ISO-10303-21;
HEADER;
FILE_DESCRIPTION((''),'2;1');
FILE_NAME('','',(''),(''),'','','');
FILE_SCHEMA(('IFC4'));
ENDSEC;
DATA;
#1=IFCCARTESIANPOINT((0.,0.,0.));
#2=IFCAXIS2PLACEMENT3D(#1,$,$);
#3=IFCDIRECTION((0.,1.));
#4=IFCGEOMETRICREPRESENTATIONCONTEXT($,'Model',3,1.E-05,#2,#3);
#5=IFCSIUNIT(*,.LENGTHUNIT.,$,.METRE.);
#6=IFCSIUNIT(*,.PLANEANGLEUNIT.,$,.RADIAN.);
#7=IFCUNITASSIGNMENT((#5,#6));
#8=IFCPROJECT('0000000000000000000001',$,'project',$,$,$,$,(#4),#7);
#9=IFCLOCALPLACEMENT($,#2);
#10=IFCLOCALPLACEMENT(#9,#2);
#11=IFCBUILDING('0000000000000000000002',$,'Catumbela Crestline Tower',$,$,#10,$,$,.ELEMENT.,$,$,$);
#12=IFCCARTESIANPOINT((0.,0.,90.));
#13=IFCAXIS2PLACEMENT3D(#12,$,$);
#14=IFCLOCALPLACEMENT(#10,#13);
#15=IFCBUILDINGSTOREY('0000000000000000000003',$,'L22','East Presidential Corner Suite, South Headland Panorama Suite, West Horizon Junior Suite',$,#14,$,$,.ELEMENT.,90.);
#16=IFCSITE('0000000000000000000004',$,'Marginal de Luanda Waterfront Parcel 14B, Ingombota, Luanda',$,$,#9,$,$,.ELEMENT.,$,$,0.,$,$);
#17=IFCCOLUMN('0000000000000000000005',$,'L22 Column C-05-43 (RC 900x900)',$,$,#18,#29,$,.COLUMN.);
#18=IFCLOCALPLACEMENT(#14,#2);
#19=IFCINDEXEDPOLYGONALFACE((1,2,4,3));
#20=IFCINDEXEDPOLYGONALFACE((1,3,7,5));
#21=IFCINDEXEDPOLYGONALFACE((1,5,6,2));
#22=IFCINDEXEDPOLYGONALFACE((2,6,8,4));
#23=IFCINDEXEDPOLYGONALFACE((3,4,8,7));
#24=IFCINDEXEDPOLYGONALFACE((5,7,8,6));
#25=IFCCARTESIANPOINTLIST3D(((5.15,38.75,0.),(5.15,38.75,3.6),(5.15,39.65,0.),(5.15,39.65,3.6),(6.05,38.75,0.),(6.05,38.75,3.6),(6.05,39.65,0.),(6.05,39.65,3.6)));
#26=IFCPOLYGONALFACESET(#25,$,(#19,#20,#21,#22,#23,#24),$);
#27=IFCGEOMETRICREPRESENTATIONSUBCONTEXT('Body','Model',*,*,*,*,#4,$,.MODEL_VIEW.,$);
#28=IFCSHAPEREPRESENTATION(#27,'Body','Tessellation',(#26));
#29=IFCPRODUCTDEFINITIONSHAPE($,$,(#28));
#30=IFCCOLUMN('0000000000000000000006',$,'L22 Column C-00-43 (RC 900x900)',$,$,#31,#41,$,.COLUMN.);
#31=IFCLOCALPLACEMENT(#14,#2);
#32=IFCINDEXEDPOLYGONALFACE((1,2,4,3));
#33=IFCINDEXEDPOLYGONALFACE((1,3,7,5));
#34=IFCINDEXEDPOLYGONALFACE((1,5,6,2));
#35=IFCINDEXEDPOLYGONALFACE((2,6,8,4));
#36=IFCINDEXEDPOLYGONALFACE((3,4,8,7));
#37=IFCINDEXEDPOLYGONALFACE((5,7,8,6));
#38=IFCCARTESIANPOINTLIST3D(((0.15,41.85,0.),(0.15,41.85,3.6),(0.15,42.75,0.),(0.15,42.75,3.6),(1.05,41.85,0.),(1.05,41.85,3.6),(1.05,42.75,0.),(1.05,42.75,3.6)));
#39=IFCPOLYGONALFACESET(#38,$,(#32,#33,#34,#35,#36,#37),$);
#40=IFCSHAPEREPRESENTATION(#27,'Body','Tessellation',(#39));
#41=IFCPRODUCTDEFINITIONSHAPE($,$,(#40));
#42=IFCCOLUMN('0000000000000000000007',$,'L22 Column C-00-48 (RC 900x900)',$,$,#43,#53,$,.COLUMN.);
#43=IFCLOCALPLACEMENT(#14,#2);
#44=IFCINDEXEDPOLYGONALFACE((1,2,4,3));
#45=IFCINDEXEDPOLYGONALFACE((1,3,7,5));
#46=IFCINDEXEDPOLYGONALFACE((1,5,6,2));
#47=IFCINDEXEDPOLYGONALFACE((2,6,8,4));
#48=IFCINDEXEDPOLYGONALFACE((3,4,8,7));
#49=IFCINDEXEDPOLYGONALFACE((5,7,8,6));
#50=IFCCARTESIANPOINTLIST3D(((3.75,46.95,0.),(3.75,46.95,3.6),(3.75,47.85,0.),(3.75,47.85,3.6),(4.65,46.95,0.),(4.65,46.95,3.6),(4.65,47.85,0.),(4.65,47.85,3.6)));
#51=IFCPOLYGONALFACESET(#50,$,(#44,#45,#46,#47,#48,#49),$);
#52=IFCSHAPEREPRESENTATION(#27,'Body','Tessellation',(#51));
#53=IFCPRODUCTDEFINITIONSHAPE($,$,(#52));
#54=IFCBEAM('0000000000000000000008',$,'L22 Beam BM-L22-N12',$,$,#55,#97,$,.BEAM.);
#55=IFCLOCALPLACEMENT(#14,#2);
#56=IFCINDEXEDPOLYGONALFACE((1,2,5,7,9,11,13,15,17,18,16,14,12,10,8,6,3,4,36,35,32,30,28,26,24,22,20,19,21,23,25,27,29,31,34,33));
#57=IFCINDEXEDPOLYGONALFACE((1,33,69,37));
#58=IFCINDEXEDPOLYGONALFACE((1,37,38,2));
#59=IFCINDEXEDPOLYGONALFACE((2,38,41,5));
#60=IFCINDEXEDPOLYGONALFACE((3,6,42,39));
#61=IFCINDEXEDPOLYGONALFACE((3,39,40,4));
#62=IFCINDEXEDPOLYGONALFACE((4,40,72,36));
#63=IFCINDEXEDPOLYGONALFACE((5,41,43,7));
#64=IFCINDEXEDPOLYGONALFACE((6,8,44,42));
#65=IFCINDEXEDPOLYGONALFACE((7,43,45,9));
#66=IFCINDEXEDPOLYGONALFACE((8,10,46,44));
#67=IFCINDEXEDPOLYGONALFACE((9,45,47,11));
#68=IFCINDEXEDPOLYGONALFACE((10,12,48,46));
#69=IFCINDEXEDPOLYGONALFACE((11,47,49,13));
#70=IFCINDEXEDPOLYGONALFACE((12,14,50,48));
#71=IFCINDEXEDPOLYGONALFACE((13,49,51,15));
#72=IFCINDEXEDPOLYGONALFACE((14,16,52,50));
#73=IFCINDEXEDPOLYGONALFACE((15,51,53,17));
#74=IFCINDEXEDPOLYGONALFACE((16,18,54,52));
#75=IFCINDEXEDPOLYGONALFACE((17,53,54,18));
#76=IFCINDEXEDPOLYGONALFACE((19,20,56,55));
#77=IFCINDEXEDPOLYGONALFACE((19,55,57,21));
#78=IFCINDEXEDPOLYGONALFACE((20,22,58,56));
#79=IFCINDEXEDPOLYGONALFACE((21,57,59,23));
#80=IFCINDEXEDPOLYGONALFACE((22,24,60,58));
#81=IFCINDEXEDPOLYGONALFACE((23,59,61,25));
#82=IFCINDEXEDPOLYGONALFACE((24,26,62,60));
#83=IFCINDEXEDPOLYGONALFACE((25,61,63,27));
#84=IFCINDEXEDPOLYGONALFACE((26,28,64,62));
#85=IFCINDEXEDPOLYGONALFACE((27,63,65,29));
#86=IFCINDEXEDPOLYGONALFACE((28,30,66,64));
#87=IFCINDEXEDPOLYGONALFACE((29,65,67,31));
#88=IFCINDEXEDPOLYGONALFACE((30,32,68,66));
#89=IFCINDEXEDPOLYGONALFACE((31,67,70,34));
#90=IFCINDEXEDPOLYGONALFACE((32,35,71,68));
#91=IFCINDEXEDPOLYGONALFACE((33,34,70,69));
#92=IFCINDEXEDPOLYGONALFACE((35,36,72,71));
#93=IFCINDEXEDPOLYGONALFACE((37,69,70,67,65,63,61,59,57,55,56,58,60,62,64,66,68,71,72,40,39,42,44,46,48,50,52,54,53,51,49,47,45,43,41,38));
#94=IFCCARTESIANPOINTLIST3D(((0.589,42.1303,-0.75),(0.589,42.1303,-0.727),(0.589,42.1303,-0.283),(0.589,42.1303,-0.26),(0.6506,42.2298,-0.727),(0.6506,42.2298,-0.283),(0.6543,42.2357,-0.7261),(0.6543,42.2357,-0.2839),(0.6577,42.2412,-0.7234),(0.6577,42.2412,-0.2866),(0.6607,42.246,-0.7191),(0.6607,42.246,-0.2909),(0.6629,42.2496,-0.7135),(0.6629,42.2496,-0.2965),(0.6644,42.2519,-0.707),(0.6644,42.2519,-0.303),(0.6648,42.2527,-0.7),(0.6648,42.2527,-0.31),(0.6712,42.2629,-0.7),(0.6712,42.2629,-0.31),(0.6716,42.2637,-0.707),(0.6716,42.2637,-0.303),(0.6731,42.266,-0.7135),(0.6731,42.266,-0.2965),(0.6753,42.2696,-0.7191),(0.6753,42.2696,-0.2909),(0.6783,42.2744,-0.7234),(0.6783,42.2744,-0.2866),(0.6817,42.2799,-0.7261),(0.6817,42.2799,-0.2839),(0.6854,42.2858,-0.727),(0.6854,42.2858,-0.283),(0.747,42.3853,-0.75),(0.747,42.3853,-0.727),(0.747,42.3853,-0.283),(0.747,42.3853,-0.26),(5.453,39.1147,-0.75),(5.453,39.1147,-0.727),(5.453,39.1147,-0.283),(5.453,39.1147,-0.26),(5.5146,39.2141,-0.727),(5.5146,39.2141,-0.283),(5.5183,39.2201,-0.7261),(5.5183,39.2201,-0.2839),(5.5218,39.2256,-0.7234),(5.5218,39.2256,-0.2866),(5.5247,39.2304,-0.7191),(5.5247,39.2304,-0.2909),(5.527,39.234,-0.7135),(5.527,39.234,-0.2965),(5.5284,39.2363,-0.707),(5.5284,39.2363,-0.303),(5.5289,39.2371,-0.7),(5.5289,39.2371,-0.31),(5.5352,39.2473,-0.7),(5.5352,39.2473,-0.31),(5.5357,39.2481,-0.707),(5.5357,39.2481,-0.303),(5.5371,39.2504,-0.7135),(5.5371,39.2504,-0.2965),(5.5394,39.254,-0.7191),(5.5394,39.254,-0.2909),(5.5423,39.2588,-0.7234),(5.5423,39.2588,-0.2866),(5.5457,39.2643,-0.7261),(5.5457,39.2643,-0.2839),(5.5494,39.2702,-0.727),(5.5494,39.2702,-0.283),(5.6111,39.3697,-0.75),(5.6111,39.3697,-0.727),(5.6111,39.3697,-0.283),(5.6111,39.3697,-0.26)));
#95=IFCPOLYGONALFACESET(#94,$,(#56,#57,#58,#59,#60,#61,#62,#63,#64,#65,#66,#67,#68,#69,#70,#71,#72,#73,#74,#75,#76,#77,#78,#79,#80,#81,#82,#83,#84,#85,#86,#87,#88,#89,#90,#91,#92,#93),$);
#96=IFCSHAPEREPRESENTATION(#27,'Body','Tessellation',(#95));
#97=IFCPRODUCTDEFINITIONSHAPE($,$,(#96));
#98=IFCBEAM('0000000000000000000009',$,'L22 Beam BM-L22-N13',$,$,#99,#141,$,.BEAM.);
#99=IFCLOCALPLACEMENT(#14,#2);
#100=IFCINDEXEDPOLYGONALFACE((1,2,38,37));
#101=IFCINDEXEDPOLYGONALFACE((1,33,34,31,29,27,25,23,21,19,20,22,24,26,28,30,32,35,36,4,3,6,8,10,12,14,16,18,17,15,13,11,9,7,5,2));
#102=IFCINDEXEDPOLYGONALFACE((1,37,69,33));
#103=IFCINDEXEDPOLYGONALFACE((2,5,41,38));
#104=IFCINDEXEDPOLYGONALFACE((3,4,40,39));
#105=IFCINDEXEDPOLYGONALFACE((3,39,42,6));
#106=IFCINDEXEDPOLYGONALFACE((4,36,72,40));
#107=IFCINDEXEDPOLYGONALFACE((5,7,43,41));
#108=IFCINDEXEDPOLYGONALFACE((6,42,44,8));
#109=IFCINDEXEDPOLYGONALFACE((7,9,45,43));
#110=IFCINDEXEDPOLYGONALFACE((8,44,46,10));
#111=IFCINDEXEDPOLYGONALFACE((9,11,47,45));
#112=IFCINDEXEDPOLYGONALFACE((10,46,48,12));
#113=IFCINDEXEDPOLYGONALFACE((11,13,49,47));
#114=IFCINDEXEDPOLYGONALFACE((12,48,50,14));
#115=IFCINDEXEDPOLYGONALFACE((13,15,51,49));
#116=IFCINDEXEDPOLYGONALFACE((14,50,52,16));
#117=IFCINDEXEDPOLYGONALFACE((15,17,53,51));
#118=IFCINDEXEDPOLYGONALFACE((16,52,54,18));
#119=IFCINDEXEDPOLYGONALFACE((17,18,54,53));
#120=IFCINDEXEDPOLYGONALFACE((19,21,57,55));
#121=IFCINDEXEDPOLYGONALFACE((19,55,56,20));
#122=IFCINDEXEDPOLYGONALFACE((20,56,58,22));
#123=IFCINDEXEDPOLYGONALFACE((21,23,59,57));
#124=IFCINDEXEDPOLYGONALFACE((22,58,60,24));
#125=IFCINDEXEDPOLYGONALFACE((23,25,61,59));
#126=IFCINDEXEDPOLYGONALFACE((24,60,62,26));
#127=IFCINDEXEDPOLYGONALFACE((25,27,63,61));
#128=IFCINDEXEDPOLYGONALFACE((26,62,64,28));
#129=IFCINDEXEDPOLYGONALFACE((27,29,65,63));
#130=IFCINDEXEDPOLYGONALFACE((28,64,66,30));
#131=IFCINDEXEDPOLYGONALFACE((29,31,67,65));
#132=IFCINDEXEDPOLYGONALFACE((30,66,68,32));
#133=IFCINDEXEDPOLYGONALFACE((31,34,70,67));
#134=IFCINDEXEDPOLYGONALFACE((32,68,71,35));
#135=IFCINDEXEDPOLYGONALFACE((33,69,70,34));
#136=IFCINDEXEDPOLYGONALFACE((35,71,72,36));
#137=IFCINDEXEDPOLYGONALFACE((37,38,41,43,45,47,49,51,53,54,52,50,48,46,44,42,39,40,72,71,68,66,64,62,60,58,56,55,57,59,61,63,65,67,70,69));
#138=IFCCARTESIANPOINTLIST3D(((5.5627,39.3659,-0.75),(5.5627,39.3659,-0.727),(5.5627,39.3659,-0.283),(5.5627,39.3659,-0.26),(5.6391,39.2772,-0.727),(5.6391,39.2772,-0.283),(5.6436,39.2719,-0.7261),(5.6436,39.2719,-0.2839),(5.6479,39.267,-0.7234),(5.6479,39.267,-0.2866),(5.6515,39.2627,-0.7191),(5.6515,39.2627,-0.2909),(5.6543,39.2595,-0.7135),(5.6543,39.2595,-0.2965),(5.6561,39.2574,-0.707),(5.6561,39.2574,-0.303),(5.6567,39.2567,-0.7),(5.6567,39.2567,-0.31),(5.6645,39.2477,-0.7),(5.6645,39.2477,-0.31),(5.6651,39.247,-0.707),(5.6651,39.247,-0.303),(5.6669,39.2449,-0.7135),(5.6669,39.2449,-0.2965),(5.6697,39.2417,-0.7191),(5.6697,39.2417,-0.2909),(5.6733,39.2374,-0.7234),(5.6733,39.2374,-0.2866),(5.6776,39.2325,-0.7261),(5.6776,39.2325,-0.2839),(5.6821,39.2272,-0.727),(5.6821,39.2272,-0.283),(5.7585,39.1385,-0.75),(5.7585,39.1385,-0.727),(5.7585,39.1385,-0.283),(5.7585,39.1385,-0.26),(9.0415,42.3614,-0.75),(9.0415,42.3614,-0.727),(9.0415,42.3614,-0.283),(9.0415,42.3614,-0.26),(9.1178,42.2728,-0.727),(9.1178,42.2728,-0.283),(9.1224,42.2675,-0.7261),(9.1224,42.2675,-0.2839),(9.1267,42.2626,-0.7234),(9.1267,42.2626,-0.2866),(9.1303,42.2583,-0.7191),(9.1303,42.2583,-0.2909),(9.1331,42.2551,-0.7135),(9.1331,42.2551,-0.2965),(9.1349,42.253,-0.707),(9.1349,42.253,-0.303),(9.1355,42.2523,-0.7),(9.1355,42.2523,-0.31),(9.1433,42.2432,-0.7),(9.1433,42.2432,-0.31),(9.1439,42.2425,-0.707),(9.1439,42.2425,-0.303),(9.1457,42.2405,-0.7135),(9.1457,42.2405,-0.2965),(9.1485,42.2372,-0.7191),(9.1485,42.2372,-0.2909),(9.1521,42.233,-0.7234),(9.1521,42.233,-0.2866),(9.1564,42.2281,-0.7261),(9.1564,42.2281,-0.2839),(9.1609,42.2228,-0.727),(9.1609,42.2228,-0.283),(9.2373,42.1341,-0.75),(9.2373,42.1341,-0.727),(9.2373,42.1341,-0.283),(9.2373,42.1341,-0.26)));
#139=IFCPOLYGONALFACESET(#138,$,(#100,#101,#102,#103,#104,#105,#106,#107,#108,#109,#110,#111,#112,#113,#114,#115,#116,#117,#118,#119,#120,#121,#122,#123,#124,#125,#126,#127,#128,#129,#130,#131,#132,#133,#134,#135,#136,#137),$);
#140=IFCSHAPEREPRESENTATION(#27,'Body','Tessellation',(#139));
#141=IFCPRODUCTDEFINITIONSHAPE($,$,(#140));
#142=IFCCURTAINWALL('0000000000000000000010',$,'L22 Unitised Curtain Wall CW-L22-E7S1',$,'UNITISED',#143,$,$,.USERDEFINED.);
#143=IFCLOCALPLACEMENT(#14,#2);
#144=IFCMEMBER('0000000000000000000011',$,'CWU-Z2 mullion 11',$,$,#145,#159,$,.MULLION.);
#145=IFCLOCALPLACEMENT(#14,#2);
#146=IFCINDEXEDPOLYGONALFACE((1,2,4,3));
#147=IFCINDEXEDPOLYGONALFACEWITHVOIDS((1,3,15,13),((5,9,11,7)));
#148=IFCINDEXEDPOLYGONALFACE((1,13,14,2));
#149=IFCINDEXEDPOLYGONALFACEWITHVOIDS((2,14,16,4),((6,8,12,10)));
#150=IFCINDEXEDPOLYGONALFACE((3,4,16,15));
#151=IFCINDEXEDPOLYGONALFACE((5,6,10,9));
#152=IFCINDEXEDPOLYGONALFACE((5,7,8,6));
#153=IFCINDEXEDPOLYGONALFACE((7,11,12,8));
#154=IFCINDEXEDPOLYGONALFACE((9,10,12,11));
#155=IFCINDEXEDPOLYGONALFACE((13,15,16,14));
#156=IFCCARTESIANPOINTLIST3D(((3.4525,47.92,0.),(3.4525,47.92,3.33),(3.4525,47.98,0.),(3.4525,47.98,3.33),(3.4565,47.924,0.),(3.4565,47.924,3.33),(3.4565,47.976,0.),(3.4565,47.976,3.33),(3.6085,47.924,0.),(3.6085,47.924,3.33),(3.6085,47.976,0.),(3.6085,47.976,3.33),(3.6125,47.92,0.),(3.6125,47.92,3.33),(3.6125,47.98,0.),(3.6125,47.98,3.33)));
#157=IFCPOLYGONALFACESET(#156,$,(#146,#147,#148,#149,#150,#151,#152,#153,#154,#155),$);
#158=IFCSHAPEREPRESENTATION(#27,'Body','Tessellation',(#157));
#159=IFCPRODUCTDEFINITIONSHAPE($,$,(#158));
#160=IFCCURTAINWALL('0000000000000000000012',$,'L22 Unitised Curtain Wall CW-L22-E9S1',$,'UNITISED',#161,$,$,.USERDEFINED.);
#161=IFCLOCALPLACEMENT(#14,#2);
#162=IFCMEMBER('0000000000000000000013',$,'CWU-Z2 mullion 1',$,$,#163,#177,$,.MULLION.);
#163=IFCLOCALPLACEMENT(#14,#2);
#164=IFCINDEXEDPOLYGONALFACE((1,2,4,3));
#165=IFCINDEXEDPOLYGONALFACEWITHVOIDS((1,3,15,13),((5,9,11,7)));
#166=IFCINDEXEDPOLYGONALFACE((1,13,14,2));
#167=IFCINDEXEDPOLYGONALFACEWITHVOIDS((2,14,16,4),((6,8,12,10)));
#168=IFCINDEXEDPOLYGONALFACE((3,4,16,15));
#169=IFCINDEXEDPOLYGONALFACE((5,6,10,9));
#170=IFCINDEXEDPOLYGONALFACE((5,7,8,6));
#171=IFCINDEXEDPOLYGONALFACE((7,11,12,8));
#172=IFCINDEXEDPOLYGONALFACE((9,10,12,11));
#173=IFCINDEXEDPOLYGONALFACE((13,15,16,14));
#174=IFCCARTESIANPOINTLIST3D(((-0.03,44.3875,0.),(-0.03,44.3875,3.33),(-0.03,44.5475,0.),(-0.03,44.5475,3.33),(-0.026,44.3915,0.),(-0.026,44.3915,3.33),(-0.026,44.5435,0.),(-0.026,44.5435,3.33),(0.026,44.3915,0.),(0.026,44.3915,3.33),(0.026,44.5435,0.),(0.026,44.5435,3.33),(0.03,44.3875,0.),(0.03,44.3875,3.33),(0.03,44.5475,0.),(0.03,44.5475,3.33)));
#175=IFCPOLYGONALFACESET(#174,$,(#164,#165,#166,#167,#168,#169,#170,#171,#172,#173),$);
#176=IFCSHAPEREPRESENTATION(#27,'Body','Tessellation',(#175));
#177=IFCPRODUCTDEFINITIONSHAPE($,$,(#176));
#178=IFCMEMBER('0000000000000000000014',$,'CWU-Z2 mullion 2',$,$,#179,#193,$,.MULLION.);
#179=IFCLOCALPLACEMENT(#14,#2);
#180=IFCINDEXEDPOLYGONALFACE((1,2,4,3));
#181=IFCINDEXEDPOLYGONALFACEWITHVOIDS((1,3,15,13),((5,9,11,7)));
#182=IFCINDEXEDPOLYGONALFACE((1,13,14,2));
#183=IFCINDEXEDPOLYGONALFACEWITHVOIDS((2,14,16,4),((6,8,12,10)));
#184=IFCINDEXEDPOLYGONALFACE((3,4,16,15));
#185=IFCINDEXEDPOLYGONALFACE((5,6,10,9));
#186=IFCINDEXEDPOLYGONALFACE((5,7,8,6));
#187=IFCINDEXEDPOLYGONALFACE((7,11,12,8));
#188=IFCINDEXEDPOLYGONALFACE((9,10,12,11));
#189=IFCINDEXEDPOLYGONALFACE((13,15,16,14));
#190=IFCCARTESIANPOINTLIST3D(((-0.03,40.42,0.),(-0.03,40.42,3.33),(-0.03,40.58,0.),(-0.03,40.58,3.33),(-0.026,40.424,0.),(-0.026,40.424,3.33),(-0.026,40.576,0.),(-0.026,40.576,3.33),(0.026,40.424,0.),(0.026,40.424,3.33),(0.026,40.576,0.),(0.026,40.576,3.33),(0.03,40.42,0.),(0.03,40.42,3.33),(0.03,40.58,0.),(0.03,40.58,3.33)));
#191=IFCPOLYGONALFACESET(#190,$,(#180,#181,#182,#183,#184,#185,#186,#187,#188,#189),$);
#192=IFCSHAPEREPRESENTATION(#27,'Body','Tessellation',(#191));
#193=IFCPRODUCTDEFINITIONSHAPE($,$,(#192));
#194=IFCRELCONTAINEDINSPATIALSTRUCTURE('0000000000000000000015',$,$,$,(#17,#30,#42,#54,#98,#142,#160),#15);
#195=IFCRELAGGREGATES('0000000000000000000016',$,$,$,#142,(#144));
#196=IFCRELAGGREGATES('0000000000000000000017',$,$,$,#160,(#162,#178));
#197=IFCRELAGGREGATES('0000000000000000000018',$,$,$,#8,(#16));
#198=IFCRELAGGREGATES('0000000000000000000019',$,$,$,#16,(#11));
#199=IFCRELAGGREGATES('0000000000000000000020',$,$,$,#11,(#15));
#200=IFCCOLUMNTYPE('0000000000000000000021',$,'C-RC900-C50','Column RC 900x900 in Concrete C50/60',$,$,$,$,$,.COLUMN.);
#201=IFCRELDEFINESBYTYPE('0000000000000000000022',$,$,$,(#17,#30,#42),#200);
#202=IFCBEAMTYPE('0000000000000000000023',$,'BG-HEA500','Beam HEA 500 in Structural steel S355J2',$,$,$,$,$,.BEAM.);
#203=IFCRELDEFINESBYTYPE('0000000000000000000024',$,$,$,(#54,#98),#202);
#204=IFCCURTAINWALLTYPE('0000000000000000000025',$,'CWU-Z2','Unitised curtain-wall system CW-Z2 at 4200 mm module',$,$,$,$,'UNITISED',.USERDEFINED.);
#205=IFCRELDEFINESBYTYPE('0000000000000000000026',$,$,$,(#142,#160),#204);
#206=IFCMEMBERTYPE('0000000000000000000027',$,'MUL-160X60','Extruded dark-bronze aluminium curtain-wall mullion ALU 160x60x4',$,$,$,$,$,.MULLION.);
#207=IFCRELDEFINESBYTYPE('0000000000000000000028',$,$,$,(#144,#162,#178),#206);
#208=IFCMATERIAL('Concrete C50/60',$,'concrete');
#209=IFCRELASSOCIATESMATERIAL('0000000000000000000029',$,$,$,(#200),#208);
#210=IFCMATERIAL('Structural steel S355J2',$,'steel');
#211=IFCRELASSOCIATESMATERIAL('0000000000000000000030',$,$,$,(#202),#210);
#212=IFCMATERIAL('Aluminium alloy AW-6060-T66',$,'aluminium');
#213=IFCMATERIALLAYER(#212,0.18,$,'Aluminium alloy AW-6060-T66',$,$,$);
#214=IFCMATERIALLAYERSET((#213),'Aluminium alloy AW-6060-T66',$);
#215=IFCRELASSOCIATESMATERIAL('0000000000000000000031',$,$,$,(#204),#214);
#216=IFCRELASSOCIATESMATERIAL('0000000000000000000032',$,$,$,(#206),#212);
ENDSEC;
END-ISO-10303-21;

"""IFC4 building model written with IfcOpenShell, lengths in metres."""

from ifc_helpers import new_model, si_unit, direction, frame, origin, origin_2d, place, context, subcontext, project, spatial, rectangle, hollow_rectangle, i_section, extrude, material, layer, layer_set, material_profile, profile_set, type_object, element, aggregate, save


model = new_model("IFC4")

# Units and contexts
model_context = context("Model", 3, precision=1e-05, world=origin(), true_north=direction((0.0, 1.0)))
body_context = subcontext(model_context, "Body", "Model", "MODEL_VIEW")
ifc_project = project(units=[si_unit("LENGTHUNIT", "METRE"), si_unit("PLANEANGLEUNIT", "RADIAN")], contexts=[model_context])

# Site, building, storey
site_placement = place(None, origin())
site = spatial("IfcSite", under=ifc_project, at=site_placement, Name="Marginal de Luanda Waterfront Parcel 14B, Ingombota, Luanda", CompositionType="ELEMENT", RefElevation=0.0)
building_placement = place(site_placement, origin())
building = spatial("IfcBuilding", under=site, at=building_placement, Name="Catumbela Crestline Tower", CompositionType="ELEMENT")
storey_placement = place(building_placement, frame((0.0, 0.0, 90.0)))
storey = spatial("IfcBuildingStorey", under=building, at=storey_placement, Name="L22", Description="East Presidential Corner Suite, South Headland Panorama Suite, West Horizon Junior Suite", CompositionType="ELEMENT", Elevation=90.0)

# Columns
ifc_material_1 = material(Name="Concrete C50/60", Category="concrete")
ifc_material_profile_1 = material_profile(ifc_material_1, rectangle(XDim=0.9, YDim=0.9, at=origin_2d()), Name="RC 900x900")
ifc_profile_set_1 = profile_set([ifc_material_profile_1], Name="Concrete C50/60")
column_type = type_object("IfcColumnType", Name="C-RC900-C50", Description="Column RC 900x900 in Concrete C50/60", PredefinedType="COLUMN", material=ifc_profile_set_1)
for number, where, z_axis, x_axis, name in (
    (1, (5.6, 39.2, 0.0), (0.0, 0.0, 1.0), (1.0, 0.0, 0.0), "L22 Column C-05-43 (RC 900x900)"),
    (2, (0.6, 42.3, 0.0), (0.0, 0.0, 1.0), (1.0, 0.0, 0.0), "L22 Column C-00-43 (RC 900x900)"),
    (3, (4.2, 47.4, 0.0), (0.0, 0.0, 1.0), (1.0, 0.0, 0.0), "L22 Column C-00-48 (RC 900x900)"),
):
    element("IfcColumn", number, at=place(storey_placement, frame(where, z_axis=z_axis, x_axis=x_axis)), inside=storey, type_object=column_type, Name=name, PredefinedType="COLUMN", context=body_context, shape_type="SweptSolid", body=[
        extrude(rectangle(XDim=0.9, YDim=0.9, at=origin_2d()), origin(), (0.0, 0.0, 1.0), 3.6),
    ])

# Beams
ifc_material_2 = material(Name="Structural steel S355J2", Category="steel")
ifc_material_profile_2 = material_profile(ifc_material_2, i_section(OverallWidth=0.3, OverallDepth=0.49, WebThickness=0.012, FlangeThickness=0.023, FilletRadius=0.027, at=origin_2d()), Name="HEA 500")
ifc_profile_set_2 = profile_set([ifc_material_profile_2], Name="Structural steel S355J2")
beam_type_1 = type_object("IfcBeamType", Name="BG-HEA500", Description="Beam HEA 500 in Structural steel S355J2", PredefinedType="BEAM", material=ifc_profile_set_2)
beam_1_placement = place(storey_placement, frame((0.668, 42.2578, -0.505), z_axis=(0.849909, -0.52693, 0.0), x_axis=(0.52693, 0.849909, 0.0)))
element("IfcBeam", 4, at=beam_1_placement, inside=storey, type_object=beam_type_1, Name="L22 Beam BM-L22-N12", PredefinedType="BEAM", context=body_context, shape_type="SweptSolid", body=[
    extrude(i_section(OverallWidth=0.3, OverallDepth=0.49, WebThickness=0.012, FlangeThickness=0.023, FilletRadius=0.027, at=origin_2d()), origin(), (0.0, 0.0, 1.0), 5.723),
])
beam_2_placement = place(storey_placement, frame((5.6606, 39.2522, -0.505), z_axis=(0.757772, 0.652519, 0.0), x_axis=(-0.652519, 0.757772, 0.0)))
element("IfcBeam", 5, at=beam_2_placement, inside=storey, type_object=beam_type_1, Name="L22 Beam BM-L22-N13", PredefinedType="BEAM", context=body_context, shape_type="SweptSolid", body=[
    extrude(i_section(OverallWidth=0.3, OverallDepth=0.49, WebThickness=0.012, FlangeThickness=0.023, FilletRadius=0.027, at=origin_2d()), origin(), (0.0, 0.0, 1.0), 4.5908),
])

# Curtain wall, member
ifc_material_3 = material(Name="Aluminium alloy AW-6060-T66", Category="aluminium")
ifc_layer_1 = layer(ifc_material_3, 0.18, Name="Aluminium alloy AW-6060-T66")
ifc_layer_set_1 = layer_set([ifc_layer_1], Name="Aluminium alloy AW-6060-T66")
curtain_wall_type = type_object("IfcCurtainWallType", Name="CWU-Z2", Description="Unitised curtain-wall system CW-Z2 at 4200 mm module", ElementType="UNITISED", PredefinedType="USERDEFINED", material=ifc_layer_set_1)
curtain_wall_1_placement = place(storey_placement, origin())
curtain_wall_1 = element("IfcCurtainWall", 6, at=curtain_wall_1_placement, inside=storey, type_object=curtain_wall_type, Name="L22 Unitised Curtain Wall CW-L22-E7S1", ObjectType="UNITISED", PredefinedType="USERDEFINED")
ifc_material_profile_3 = material_profile(ifc_material_3, hollow_rectangle(XDim=0.06, YDim=0.16, WallThickness=0.004, at=origin_2d()), Name="ALU 160x60x4")
ifc_profile_set_3 = profile_set([ifc_material_profile_3], Name="Aluminium alloy AW-6060-T66")
member_type_1 = type_object("IfcMemberType", Name="MUL-160X60", Description="Extruded dark-bronze aluminium curtain-wall mullion ALU 160x60x4", PredefinedType="MULLION", material=ifc_profile_set_3)
member_1_placement = place(storey_placement, frame((3.5325, 47.95, 0.0), z_axis=(0.0, 0.0, 1.0), x_axis=(0.0, -1.0, 0.0)))
member_1 = element("IfcMember", 7, at=member_1_placement, type_object=member_type_1, Name="CWU-Z2 mullion 11", PredefinedType="MULLION", context=body_context, shape_type="SweptSolid", body=[
    extrude(hollow_rectangle(XDim=0.06, YDim=0.16, WallThickness=0.004, at=origin_2d()), origin(), (0.0, 0.0, 1.0), 3.33),
])

# Curtain wall, members
curtain_wall_2_placement = place(storey_placement, origin())
curtain_wall_2 = element("IfcCurtainWall", 8, at=curtain_wall_2_placement, inside=storey, type_object=curtain_wall_type, Name="L22 Unitised Curtain Wall CW-L22-E9S1", ObjectType="UNITISED", PredefinedType="USERDEFINED")
member_2_placement = place(storey_placement, frame((0.0, 44.4675, 0.0), z_axis=(0.0, 0.0, 1.0), x_axis=(1.0, 0.0, 0.0)))
member_2 = element("IfcMember", 9, at=member_2_placement, type_object=member_type_1, Name="CWU-Z2 mullion 1", PredefinedType="MULLION", context=body_context, shape_type="SweptSolid", body=[
    extrude(hollow_rectangle(XDim=0.06, YDim=0.16, WallThickness=0.004, at=origin_2d()), origin(), (0.0, 0.0, 1.0), 3.33),
])
member_3_placement = place(storey_placement, frame((0.0, 40.5, 0.0), z_axis=(0.0, 0.0, 1.0), x_axis=(1.0, 0.0, 0.0)))
member_3 = element("IfcMember", 10, at=member_3_placement, type_object=member_type_1, Name="CWU-Z2 mullion 2", PredefinedType="MULLION", context=body_context, shape_type="SweptSolid", body=[
    extrude(hollow_rectangle(XDim=0.06, YDim=0.16, WallThickness=0.004, at=origin_2d()), origin(), (0.0, 0.0, 1.0), 3.33),
])

aggregate(curtain_wall_1, [member_1])
aggregate(curtain_wall_2, [member_2, member_3])

save(model, "model.ifc")
